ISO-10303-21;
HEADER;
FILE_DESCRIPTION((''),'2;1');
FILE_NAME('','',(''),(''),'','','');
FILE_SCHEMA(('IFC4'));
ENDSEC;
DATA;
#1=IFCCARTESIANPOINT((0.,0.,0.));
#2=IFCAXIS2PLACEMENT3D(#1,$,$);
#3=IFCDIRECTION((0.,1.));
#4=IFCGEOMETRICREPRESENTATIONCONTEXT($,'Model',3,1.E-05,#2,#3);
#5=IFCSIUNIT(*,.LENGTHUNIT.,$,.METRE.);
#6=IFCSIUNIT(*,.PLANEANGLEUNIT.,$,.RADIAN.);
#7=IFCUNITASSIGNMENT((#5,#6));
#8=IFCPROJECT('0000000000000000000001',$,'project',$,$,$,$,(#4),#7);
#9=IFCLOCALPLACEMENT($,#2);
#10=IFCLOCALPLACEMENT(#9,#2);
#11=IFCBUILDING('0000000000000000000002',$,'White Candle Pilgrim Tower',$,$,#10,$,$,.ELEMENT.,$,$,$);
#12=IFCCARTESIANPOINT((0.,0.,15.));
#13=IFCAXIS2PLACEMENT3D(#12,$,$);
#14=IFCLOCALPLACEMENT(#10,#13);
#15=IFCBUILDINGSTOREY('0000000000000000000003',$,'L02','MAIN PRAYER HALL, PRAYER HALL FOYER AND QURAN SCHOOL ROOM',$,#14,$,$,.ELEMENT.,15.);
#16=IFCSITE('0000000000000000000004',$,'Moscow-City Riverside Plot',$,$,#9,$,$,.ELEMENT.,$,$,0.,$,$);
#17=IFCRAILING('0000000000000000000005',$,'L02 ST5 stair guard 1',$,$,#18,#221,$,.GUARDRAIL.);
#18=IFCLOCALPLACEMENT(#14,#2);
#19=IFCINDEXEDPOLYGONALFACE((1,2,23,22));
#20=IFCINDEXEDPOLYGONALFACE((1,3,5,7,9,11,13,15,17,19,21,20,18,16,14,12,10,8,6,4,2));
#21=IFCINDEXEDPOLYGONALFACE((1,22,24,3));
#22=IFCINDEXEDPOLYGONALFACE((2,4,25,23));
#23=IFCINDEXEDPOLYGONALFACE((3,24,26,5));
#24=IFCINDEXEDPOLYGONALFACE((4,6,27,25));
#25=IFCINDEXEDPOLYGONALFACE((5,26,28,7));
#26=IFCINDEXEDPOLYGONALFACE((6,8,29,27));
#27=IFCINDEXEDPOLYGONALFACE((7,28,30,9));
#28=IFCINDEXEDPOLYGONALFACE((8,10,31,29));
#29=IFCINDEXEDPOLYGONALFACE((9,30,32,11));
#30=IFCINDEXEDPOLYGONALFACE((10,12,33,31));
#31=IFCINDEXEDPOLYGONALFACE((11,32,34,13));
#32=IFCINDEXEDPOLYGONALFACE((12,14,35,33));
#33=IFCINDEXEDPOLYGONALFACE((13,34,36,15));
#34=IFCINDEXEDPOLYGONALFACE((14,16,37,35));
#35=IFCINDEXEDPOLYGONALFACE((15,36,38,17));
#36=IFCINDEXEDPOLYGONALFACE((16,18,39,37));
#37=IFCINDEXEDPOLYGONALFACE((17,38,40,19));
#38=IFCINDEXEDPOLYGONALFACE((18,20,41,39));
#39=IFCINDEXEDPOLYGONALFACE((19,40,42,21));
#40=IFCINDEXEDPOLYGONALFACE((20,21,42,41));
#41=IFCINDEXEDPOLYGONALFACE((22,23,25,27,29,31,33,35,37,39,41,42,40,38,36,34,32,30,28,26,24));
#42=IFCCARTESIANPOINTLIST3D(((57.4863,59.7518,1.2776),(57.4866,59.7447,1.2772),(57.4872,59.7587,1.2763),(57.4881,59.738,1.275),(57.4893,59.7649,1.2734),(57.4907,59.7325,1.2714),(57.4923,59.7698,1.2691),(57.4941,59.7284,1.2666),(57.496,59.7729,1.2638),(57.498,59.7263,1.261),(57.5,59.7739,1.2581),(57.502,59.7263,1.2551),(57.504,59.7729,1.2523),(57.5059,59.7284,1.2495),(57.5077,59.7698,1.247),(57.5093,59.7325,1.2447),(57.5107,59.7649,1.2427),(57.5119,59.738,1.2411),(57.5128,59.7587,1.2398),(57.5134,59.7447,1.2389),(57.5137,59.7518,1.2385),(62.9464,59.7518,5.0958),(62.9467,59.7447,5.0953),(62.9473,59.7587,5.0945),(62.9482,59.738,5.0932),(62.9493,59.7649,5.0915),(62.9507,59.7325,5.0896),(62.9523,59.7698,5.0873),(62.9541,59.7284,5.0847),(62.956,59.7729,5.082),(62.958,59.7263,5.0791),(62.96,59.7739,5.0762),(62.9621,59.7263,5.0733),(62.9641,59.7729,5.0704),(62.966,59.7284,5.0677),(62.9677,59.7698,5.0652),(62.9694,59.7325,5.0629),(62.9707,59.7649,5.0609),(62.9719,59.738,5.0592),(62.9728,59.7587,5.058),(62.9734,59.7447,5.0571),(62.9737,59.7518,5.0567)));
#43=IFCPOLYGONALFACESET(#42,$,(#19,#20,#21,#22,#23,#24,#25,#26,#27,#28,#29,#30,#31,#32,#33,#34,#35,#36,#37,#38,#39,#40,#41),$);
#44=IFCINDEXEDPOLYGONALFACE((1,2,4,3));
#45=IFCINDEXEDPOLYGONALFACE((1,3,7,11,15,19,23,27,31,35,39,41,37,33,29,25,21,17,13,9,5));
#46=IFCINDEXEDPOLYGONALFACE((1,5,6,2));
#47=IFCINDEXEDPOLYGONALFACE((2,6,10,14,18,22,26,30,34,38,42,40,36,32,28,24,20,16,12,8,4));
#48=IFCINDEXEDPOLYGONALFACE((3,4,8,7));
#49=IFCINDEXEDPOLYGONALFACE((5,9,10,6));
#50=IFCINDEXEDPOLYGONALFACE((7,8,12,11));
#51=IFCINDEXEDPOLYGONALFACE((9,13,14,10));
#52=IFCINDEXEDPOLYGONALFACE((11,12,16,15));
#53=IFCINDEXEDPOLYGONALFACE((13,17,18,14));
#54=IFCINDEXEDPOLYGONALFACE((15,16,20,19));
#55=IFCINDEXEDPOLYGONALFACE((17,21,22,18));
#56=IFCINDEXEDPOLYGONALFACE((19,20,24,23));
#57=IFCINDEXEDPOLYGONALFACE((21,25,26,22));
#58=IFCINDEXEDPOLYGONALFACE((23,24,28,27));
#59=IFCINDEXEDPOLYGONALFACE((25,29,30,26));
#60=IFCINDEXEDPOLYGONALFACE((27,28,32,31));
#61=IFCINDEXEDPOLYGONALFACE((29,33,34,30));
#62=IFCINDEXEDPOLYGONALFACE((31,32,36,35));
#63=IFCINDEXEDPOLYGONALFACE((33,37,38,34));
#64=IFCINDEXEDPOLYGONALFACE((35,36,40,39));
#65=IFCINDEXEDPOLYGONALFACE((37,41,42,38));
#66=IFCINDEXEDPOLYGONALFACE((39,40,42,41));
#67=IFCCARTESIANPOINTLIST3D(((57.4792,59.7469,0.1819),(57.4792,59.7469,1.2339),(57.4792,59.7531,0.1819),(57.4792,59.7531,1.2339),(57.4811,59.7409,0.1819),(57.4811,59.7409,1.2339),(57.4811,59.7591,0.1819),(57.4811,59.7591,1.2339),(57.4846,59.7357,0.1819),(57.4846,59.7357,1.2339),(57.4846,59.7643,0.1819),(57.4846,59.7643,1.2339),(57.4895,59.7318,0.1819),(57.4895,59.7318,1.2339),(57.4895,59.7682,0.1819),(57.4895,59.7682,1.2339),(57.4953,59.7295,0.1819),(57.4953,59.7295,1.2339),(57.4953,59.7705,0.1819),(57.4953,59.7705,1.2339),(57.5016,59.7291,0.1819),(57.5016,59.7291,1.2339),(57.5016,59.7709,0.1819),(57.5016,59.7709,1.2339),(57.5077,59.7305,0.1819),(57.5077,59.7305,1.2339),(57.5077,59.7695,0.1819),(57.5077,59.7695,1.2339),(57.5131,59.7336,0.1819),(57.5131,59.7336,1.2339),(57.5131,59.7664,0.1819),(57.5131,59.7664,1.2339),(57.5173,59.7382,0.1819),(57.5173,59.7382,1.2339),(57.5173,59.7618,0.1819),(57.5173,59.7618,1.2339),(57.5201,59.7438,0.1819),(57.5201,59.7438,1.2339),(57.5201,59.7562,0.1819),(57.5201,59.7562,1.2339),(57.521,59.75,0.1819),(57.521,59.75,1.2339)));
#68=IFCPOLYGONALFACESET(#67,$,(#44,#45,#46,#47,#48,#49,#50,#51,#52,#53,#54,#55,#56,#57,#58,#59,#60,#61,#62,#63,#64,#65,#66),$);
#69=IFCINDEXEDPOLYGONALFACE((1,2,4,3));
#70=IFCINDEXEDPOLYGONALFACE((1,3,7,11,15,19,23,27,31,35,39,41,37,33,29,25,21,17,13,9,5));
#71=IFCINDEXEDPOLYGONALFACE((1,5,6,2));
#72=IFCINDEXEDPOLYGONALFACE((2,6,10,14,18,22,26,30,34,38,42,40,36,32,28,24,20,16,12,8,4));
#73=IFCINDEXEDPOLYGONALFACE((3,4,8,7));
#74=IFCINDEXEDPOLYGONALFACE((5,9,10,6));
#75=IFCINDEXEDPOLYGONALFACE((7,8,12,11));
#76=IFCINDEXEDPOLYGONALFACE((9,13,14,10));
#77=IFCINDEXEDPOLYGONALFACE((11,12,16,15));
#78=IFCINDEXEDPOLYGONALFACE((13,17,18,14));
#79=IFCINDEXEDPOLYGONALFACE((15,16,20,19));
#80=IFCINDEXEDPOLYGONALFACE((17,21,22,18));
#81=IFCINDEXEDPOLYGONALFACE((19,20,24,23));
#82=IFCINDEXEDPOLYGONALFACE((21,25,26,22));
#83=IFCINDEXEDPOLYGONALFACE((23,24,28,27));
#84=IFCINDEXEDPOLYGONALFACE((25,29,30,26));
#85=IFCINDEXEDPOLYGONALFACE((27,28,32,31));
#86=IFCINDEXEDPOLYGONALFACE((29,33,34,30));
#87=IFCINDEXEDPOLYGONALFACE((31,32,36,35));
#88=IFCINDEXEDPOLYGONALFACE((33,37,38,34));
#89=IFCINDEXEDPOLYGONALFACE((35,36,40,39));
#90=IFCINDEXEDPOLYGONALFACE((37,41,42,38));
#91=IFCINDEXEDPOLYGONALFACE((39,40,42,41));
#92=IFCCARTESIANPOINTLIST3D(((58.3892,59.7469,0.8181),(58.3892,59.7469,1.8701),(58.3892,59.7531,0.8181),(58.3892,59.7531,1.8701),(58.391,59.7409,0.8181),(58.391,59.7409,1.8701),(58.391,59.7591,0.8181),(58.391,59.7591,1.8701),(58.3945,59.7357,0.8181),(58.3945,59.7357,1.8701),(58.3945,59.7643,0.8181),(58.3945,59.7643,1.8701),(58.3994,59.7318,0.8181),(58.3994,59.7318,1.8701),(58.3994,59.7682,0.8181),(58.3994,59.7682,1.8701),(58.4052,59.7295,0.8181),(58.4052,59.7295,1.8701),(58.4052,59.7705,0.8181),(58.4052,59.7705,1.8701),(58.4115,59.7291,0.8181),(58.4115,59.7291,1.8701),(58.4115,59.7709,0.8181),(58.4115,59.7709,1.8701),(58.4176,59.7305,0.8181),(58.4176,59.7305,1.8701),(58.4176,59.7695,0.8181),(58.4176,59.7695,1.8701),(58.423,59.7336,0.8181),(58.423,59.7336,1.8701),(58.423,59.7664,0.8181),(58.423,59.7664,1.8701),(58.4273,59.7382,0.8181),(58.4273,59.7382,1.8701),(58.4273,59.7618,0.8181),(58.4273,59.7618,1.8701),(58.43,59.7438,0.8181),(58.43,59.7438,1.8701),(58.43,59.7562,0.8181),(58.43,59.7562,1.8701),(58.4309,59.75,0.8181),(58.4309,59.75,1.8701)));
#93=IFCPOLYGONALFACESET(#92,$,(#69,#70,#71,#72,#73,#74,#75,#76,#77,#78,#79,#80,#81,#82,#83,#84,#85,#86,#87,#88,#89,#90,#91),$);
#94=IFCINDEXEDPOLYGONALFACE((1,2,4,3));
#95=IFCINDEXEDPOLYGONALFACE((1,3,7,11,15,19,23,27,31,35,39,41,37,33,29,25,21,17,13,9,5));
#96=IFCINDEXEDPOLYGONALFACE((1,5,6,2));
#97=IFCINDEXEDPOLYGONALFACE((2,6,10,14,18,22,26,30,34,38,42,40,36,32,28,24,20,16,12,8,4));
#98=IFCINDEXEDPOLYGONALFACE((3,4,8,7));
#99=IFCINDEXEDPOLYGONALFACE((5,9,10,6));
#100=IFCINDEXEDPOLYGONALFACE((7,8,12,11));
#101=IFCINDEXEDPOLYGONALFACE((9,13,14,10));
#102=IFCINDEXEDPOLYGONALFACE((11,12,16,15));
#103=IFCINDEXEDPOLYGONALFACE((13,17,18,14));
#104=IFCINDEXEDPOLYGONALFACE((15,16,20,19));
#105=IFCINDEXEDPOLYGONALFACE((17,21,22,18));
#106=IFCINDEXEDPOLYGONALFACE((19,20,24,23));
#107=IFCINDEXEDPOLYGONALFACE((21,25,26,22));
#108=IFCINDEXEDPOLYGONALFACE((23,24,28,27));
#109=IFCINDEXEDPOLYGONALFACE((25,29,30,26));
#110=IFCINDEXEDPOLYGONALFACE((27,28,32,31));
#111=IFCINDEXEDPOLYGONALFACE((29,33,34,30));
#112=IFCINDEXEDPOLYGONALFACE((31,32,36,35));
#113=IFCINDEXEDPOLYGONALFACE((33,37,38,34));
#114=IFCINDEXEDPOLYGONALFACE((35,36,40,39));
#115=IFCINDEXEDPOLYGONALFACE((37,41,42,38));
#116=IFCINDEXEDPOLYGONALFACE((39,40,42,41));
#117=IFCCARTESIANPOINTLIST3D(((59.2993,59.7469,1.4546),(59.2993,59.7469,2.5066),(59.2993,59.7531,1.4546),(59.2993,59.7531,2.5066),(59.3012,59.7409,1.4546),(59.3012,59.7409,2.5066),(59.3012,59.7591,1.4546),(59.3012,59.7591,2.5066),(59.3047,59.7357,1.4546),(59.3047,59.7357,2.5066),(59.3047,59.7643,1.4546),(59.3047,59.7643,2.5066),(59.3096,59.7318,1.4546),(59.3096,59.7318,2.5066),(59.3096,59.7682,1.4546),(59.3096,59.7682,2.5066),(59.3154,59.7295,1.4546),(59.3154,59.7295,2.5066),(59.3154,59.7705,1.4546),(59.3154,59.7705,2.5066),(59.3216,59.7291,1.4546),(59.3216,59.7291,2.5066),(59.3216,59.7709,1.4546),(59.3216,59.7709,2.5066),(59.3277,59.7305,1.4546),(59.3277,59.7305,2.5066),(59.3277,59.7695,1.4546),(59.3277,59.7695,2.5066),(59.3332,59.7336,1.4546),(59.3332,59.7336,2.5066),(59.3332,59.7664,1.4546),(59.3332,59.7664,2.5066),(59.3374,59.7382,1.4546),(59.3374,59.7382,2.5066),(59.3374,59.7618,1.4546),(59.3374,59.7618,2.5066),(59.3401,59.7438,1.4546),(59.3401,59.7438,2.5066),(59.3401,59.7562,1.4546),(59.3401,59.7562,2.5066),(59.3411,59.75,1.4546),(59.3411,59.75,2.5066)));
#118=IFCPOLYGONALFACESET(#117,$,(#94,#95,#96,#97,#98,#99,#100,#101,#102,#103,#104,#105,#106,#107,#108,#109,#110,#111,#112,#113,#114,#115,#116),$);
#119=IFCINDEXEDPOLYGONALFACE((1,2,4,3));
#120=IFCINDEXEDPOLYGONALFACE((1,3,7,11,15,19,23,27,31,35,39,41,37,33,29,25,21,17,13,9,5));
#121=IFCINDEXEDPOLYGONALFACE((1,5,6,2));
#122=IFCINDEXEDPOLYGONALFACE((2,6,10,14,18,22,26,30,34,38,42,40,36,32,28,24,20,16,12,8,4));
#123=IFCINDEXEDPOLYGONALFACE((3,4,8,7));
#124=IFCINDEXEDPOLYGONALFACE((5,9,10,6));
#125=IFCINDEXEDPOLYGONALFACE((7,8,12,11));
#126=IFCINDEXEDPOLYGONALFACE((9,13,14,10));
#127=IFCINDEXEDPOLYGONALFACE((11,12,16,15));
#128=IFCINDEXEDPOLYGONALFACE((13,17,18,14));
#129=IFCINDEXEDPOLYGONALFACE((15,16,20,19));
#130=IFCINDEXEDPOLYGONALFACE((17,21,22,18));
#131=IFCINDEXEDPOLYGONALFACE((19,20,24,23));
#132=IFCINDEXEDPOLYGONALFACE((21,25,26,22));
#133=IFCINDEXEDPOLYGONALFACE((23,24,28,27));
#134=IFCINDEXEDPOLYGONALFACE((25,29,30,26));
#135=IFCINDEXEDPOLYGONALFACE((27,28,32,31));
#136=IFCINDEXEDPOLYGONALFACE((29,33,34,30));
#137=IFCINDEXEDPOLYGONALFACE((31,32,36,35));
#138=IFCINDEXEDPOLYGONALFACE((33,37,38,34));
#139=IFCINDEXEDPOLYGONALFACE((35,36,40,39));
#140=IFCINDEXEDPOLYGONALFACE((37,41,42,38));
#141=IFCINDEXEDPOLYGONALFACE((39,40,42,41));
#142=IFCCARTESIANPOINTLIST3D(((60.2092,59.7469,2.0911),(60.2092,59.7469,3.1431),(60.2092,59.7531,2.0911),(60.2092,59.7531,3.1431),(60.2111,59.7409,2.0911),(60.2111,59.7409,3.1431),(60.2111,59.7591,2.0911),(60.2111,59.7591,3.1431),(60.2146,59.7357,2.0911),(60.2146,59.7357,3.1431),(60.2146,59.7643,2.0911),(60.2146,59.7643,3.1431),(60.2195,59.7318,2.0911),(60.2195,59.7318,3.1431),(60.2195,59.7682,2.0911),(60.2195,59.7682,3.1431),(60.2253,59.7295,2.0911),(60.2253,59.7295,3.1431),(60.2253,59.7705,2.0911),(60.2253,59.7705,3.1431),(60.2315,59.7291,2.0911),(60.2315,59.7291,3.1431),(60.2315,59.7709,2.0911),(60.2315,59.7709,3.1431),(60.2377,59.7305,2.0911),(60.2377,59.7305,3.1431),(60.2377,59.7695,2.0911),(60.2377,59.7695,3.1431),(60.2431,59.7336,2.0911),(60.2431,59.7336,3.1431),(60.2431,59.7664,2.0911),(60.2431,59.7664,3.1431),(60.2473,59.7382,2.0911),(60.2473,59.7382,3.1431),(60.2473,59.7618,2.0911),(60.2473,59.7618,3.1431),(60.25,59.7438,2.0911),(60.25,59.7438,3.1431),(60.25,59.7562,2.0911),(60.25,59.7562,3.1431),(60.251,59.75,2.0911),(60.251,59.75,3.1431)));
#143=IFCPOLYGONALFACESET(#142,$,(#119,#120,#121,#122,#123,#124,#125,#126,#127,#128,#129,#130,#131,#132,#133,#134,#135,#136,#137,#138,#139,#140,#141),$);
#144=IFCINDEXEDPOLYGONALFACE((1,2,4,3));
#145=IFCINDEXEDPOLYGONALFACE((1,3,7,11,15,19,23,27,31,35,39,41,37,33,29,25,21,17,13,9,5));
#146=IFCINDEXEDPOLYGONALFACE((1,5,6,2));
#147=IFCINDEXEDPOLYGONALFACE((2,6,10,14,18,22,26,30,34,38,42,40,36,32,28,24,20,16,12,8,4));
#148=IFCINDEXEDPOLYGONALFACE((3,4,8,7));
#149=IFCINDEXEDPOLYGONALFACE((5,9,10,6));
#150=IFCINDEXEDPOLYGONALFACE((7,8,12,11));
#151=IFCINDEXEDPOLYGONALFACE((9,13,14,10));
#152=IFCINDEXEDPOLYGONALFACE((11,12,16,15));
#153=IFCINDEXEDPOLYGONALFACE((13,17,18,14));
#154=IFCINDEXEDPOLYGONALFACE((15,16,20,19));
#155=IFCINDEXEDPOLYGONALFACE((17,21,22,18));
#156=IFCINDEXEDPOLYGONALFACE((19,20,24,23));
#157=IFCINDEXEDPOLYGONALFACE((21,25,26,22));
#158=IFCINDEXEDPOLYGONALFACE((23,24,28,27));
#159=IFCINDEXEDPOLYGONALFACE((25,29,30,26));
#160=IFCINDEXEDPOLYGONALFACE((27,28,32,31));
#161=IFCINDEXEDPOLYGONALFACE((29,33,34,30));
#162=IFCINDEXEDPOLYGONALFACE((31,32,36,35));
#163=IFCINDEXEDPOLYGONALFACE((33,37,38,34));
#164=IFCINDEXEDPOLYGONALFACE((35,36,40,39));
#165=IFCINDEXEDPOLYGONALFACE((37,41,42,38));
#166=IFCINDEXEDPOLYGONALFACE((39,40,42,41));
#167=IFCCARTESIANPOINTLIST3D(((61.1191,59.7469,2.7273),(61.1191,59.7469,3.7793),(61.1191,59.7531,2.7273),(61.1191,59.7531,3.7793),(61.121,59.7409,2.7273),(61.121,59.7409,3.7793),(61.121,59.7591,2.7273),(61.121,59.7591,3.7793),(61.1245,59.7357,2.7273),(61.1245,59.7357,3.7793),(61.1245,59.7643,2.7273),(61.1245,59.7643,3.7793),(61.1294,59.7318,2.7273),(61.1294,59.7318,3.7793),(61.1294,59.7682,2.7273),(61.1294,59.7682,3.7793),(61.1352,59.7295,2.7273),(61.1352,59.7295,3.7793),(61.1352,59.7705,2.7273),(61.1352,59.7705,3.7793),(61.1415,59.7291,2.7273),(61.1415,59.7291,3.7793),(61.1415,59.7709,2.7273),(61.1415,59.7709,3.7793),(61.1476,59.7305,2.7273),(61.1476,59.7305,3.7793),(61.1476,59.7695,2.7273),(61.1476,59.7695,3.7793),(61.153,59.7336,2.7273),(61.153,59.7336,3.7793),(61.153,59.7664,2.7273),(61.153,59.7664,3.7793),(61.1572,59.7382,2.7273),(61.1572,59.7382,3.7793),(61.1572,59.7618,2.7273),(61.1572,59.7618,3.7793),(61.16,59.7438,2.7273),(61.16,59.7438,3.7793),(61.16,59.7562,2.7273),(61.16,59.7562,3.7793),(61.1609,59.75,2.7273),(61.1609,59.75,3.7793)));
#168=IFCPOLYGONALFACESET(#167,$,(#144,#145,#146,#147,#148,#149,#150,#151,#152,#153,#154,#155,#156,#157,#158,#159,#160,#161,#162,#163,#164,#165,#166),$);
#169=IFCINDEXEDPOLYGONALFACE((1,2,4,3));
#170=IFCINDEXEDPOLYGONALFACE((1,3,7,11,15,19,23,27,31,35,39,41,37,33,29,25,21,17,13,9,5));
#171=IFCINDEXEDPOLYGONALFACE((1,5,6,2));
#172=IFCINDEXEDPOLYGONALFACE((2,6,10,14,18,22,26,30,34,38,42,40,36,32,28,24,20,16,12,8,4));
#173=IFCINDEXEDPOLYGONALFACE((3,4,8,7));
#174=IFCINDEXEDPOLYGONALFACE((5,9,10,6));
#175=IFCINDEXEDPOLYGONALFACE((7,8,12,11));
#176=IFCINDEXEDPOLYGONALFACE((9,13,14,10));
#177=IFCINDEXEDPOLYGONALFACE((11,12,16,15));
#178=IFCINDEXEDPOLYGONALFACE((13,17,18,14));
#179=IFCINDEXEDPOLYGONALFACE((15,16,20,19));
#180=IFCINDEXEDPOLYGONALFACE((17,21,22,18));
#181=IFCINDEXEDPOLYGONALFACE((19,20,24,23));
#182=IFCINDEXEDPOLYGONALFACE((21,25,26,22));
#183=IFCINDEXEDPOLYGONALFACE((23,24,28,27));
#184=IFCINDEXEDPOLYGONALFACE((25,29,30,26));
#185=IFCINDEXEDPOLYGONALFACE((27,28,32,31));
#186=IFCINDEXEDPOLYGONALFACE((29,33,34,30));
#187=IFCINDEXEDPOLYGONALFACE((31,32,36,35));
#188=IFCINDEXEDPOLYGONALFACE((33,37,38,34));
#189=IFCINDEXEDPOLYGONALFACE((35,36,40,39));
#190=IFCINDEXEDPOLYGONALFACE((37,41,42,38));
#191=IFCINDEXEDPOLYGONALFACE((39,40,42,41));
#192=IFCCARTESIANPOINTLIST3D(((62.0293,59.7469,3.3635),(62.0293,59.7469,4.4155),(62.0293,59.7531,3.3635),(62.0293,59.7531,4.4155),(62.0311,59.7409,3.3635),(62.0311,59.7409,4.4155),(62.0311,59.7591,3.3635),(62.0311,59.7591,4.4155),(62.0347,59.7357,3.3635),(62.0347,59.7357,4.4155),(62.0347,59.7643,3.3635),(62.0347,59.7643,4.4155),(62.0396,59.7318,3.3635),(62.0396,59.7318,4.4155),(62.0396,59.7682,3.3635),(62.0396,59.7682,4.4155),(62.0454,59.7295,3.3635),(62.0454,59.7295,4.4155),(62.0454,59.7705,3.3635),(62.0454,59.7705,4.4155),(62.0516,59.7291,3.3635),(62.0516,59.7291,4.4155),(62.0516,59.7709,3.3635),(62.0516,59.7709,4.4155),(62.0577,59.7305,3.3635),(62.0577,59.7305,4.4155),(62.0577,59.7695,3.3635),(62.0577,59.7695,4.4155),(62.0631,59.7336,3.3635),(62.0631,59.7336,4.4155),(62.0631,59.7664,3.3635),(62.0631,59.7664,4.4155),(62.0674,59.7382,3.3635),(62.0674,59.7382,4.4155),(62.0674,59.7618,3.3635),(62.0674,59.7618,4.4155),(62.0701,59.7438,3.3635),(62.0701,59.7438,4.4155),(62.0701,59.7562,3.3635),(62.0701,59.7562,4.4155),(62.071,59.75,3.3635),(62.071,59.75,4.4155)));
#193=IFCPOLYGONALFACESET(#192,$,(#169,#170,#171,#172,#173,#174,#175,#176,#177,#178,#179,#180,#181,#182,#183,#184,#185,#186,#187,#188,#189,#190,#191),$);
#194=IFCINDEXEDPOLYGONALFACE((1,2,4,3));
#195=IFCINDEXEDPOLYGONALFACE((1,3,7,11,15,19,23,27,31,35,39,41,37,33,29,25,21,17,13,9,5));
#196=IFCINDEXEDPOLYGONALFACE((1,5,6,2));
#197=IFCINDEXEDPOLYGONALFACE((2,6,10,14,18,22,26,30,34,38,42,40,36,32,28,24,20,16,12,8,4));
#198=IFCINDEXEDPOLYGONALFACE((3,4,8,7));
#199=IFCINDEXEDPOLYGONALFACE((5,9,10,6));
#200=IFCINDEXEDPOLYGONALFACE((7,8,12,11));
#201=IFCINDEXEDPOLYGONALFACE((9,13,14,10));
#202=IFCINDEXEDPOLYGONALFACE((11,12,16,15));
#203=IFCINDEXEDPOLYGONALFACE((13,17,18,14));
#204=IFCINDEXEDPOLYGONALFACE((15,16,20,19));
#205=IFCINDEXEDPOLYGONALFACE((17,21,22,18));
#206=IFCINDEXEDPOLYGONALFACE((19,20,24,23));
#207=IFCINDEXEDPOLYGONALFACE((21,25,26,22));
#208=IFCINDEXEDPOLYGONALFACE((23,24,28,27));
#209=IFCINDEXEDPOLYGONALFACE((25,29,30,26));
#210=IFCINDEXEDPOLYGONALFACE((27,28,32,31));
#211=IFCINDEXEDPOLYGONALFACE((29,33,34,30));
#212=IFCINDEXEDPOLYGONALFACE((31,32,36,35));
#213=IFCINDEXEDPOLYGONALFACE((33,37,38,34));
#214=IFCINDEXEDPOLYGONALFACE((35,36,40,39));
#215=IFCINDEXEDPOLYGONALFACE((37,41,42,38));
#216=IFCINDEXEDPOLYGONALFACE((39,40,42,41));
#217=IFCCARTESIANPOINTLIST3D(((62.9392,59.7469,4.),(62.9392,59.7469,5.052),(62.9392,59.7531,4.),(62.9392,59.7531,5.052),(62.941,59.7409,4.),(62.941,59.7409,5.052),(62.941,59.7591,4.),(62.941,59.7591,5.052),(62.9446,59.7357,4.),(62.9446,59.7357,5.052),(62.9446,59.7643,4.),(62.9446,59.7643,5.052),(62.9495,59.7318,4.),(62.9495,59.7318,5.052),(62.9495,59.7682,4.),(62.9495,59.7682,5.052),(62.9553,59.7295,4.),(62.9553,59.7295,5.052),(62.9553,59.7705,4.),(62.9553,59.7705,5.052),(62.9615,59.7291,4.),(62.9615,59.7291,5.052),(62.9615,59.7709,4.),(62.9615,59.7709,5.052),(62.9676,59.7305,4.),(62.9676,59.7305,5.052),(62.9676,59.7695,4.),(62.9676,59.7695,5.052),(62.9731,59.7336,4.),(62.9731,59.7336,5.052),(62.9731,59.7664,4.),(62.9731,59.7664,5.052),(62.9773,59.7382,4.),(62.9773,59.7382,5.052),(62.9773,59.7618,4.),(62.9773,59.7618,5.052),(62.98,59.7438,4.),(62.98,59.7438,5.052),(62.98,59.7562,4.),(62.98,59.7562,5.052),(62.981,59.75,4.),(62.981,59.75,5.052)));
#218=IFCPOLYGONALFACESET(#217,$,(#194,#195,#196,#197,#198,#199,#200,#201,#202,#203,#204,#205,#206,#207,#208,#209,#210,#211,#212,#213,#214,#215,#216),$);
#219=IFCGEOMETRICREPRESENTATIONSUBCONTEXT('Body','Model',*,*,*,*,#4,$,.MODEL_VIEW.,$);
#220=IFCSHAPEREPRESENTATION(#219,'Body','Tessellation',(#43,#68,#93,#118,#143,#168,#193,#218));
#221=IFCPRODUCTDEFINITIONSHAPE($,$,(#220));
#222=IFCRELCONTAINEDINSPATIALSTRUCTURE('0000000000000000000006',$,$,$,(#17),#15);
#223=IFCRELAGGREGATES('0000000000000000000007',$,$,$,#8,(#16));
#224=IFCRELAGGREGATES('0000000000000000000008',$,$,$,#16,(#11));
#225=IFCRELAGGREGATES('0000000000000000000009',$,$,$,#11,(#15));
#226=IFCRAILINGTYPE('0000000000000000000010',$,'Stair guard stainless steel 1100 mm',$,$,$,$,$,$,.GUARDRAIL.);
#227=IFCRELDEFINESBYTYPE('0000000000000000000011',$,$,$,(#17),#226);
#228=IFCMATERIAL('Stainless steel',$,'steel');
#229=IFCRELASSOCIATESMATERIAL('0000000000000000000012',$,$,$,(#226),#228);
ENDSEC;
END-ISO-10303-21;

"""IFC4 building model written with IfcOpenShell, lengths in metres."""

from ifc_helpers import new_model, si_unit, direction, frame, origin, origin_2d, place, context, subcontext, project, spatial, circle, extrude, material, type_object, element, save


model = new_model("IFC4")

# Units and contexts
model_context = context("Model", 3, precision=1e-05, world=origin(), true_north=direction((0.0, 1.0)))
body_context = subcontext(model_context, "Body", "Model", "MODEL_VIEW")
ifc_project = project(units=[si_unit("LENGTHUNIT", "METRE"), si_unit("PLANEANGLEUNIT", "RADIAN")], contexts=[model_context])

# Site, building, storey
site_placement = place(None, origin())
site = spatial("IfcSite", under=ifc_project, at=site_placement, Name="Moscow-City Riverside Plot", CompositionType="ELEMENT", RefElevation=0.0)
building_placement = place(site_placement, origin())
building = spatial("IfcBuilding", under=site, at=building_placement, Name="White Candle Pilgrim Tower", CompositionType="ELEMENT")
storey_placement = place(building_placement, frame((0.0, 0.0, 15.0)))
storey = spatial("IfcBuildingStorey", under=building, at=storey_placement, Name="L02", Description="MAIN PRAYER HALL, PRAYER HALL FOYER AND QURAN SCHOOL ROOM", CompositionType="ELEMENT", Elevation=15.0)

# Shared definitions
ifc_material_1 = material(Name="Stainless steel", Category="steel")

# Railing
railing_type_1 = type_object("IfcRailingType", Name="Stair guard stainless steel 1100 mm", PredefinedType="GUARDRAIL", material=ifc_material_1)
railing_1_placement = place(storey_placement, frame((57.5, 59.75, 0.1819)))
element("IfcRailing", 1, at=railing_1_placement, inside=storey, type_object=railing_type_1, Name="L02 ST5 stair guard 1", PredefinedType="GUARDRAIL", context=body_context, shape_type="SweptSolid", body=[
    extrude(circle(Radius=0.0239, at=origin_2d()), frame((0.0, 0.0, 1.0762), z_axis=(0.819504, 0.0, 0.573074), x_axis=(0.0, 1.0, 0.0)), (0.0, 0.0, 1.0), 6.6626),
    extrude(circle(Radius=0.021, at=origin_2d()), origin(), (0.0, 0.0, 1.0), 1.052),
    extrude(circle(Radius=0.021, at=origin_2d()), frame((0.9099, 0.0, 0.6362)), (0.0, 0.0, 1.0), 1.052),
    extrude(circle(Radius=0.021, at=origin_2d()), frame((1.8201, 0.0, 1.2727)), (0.0, 0.0, 1.0), 1.052),
    extrude(circle(Radius=0.021, at=origin_2d()), frame((2.73, 0.0, 1.9092)), (0.0, 0.0, 1.0), 1.052),
    extrude(circle(Radius=0.021, at=origin_2d()), frame((3.6399, 0.0, 2.5454)), (0.0, 0.0, 1.0), 1.052),
    extrude(circle(Radius=0.021, at=origin_2d()), frame((4.55, 0.0, 3.1816)), (0.0, 0.0, 1.0), 1.052),
    extrude(circle(Radius=0.021, at=origin_2d()), frame((5.46, 0.0, 3.8181)), (0.0, 0.0, 1.0), 1.052),
])

save(model, "model.ifc")
